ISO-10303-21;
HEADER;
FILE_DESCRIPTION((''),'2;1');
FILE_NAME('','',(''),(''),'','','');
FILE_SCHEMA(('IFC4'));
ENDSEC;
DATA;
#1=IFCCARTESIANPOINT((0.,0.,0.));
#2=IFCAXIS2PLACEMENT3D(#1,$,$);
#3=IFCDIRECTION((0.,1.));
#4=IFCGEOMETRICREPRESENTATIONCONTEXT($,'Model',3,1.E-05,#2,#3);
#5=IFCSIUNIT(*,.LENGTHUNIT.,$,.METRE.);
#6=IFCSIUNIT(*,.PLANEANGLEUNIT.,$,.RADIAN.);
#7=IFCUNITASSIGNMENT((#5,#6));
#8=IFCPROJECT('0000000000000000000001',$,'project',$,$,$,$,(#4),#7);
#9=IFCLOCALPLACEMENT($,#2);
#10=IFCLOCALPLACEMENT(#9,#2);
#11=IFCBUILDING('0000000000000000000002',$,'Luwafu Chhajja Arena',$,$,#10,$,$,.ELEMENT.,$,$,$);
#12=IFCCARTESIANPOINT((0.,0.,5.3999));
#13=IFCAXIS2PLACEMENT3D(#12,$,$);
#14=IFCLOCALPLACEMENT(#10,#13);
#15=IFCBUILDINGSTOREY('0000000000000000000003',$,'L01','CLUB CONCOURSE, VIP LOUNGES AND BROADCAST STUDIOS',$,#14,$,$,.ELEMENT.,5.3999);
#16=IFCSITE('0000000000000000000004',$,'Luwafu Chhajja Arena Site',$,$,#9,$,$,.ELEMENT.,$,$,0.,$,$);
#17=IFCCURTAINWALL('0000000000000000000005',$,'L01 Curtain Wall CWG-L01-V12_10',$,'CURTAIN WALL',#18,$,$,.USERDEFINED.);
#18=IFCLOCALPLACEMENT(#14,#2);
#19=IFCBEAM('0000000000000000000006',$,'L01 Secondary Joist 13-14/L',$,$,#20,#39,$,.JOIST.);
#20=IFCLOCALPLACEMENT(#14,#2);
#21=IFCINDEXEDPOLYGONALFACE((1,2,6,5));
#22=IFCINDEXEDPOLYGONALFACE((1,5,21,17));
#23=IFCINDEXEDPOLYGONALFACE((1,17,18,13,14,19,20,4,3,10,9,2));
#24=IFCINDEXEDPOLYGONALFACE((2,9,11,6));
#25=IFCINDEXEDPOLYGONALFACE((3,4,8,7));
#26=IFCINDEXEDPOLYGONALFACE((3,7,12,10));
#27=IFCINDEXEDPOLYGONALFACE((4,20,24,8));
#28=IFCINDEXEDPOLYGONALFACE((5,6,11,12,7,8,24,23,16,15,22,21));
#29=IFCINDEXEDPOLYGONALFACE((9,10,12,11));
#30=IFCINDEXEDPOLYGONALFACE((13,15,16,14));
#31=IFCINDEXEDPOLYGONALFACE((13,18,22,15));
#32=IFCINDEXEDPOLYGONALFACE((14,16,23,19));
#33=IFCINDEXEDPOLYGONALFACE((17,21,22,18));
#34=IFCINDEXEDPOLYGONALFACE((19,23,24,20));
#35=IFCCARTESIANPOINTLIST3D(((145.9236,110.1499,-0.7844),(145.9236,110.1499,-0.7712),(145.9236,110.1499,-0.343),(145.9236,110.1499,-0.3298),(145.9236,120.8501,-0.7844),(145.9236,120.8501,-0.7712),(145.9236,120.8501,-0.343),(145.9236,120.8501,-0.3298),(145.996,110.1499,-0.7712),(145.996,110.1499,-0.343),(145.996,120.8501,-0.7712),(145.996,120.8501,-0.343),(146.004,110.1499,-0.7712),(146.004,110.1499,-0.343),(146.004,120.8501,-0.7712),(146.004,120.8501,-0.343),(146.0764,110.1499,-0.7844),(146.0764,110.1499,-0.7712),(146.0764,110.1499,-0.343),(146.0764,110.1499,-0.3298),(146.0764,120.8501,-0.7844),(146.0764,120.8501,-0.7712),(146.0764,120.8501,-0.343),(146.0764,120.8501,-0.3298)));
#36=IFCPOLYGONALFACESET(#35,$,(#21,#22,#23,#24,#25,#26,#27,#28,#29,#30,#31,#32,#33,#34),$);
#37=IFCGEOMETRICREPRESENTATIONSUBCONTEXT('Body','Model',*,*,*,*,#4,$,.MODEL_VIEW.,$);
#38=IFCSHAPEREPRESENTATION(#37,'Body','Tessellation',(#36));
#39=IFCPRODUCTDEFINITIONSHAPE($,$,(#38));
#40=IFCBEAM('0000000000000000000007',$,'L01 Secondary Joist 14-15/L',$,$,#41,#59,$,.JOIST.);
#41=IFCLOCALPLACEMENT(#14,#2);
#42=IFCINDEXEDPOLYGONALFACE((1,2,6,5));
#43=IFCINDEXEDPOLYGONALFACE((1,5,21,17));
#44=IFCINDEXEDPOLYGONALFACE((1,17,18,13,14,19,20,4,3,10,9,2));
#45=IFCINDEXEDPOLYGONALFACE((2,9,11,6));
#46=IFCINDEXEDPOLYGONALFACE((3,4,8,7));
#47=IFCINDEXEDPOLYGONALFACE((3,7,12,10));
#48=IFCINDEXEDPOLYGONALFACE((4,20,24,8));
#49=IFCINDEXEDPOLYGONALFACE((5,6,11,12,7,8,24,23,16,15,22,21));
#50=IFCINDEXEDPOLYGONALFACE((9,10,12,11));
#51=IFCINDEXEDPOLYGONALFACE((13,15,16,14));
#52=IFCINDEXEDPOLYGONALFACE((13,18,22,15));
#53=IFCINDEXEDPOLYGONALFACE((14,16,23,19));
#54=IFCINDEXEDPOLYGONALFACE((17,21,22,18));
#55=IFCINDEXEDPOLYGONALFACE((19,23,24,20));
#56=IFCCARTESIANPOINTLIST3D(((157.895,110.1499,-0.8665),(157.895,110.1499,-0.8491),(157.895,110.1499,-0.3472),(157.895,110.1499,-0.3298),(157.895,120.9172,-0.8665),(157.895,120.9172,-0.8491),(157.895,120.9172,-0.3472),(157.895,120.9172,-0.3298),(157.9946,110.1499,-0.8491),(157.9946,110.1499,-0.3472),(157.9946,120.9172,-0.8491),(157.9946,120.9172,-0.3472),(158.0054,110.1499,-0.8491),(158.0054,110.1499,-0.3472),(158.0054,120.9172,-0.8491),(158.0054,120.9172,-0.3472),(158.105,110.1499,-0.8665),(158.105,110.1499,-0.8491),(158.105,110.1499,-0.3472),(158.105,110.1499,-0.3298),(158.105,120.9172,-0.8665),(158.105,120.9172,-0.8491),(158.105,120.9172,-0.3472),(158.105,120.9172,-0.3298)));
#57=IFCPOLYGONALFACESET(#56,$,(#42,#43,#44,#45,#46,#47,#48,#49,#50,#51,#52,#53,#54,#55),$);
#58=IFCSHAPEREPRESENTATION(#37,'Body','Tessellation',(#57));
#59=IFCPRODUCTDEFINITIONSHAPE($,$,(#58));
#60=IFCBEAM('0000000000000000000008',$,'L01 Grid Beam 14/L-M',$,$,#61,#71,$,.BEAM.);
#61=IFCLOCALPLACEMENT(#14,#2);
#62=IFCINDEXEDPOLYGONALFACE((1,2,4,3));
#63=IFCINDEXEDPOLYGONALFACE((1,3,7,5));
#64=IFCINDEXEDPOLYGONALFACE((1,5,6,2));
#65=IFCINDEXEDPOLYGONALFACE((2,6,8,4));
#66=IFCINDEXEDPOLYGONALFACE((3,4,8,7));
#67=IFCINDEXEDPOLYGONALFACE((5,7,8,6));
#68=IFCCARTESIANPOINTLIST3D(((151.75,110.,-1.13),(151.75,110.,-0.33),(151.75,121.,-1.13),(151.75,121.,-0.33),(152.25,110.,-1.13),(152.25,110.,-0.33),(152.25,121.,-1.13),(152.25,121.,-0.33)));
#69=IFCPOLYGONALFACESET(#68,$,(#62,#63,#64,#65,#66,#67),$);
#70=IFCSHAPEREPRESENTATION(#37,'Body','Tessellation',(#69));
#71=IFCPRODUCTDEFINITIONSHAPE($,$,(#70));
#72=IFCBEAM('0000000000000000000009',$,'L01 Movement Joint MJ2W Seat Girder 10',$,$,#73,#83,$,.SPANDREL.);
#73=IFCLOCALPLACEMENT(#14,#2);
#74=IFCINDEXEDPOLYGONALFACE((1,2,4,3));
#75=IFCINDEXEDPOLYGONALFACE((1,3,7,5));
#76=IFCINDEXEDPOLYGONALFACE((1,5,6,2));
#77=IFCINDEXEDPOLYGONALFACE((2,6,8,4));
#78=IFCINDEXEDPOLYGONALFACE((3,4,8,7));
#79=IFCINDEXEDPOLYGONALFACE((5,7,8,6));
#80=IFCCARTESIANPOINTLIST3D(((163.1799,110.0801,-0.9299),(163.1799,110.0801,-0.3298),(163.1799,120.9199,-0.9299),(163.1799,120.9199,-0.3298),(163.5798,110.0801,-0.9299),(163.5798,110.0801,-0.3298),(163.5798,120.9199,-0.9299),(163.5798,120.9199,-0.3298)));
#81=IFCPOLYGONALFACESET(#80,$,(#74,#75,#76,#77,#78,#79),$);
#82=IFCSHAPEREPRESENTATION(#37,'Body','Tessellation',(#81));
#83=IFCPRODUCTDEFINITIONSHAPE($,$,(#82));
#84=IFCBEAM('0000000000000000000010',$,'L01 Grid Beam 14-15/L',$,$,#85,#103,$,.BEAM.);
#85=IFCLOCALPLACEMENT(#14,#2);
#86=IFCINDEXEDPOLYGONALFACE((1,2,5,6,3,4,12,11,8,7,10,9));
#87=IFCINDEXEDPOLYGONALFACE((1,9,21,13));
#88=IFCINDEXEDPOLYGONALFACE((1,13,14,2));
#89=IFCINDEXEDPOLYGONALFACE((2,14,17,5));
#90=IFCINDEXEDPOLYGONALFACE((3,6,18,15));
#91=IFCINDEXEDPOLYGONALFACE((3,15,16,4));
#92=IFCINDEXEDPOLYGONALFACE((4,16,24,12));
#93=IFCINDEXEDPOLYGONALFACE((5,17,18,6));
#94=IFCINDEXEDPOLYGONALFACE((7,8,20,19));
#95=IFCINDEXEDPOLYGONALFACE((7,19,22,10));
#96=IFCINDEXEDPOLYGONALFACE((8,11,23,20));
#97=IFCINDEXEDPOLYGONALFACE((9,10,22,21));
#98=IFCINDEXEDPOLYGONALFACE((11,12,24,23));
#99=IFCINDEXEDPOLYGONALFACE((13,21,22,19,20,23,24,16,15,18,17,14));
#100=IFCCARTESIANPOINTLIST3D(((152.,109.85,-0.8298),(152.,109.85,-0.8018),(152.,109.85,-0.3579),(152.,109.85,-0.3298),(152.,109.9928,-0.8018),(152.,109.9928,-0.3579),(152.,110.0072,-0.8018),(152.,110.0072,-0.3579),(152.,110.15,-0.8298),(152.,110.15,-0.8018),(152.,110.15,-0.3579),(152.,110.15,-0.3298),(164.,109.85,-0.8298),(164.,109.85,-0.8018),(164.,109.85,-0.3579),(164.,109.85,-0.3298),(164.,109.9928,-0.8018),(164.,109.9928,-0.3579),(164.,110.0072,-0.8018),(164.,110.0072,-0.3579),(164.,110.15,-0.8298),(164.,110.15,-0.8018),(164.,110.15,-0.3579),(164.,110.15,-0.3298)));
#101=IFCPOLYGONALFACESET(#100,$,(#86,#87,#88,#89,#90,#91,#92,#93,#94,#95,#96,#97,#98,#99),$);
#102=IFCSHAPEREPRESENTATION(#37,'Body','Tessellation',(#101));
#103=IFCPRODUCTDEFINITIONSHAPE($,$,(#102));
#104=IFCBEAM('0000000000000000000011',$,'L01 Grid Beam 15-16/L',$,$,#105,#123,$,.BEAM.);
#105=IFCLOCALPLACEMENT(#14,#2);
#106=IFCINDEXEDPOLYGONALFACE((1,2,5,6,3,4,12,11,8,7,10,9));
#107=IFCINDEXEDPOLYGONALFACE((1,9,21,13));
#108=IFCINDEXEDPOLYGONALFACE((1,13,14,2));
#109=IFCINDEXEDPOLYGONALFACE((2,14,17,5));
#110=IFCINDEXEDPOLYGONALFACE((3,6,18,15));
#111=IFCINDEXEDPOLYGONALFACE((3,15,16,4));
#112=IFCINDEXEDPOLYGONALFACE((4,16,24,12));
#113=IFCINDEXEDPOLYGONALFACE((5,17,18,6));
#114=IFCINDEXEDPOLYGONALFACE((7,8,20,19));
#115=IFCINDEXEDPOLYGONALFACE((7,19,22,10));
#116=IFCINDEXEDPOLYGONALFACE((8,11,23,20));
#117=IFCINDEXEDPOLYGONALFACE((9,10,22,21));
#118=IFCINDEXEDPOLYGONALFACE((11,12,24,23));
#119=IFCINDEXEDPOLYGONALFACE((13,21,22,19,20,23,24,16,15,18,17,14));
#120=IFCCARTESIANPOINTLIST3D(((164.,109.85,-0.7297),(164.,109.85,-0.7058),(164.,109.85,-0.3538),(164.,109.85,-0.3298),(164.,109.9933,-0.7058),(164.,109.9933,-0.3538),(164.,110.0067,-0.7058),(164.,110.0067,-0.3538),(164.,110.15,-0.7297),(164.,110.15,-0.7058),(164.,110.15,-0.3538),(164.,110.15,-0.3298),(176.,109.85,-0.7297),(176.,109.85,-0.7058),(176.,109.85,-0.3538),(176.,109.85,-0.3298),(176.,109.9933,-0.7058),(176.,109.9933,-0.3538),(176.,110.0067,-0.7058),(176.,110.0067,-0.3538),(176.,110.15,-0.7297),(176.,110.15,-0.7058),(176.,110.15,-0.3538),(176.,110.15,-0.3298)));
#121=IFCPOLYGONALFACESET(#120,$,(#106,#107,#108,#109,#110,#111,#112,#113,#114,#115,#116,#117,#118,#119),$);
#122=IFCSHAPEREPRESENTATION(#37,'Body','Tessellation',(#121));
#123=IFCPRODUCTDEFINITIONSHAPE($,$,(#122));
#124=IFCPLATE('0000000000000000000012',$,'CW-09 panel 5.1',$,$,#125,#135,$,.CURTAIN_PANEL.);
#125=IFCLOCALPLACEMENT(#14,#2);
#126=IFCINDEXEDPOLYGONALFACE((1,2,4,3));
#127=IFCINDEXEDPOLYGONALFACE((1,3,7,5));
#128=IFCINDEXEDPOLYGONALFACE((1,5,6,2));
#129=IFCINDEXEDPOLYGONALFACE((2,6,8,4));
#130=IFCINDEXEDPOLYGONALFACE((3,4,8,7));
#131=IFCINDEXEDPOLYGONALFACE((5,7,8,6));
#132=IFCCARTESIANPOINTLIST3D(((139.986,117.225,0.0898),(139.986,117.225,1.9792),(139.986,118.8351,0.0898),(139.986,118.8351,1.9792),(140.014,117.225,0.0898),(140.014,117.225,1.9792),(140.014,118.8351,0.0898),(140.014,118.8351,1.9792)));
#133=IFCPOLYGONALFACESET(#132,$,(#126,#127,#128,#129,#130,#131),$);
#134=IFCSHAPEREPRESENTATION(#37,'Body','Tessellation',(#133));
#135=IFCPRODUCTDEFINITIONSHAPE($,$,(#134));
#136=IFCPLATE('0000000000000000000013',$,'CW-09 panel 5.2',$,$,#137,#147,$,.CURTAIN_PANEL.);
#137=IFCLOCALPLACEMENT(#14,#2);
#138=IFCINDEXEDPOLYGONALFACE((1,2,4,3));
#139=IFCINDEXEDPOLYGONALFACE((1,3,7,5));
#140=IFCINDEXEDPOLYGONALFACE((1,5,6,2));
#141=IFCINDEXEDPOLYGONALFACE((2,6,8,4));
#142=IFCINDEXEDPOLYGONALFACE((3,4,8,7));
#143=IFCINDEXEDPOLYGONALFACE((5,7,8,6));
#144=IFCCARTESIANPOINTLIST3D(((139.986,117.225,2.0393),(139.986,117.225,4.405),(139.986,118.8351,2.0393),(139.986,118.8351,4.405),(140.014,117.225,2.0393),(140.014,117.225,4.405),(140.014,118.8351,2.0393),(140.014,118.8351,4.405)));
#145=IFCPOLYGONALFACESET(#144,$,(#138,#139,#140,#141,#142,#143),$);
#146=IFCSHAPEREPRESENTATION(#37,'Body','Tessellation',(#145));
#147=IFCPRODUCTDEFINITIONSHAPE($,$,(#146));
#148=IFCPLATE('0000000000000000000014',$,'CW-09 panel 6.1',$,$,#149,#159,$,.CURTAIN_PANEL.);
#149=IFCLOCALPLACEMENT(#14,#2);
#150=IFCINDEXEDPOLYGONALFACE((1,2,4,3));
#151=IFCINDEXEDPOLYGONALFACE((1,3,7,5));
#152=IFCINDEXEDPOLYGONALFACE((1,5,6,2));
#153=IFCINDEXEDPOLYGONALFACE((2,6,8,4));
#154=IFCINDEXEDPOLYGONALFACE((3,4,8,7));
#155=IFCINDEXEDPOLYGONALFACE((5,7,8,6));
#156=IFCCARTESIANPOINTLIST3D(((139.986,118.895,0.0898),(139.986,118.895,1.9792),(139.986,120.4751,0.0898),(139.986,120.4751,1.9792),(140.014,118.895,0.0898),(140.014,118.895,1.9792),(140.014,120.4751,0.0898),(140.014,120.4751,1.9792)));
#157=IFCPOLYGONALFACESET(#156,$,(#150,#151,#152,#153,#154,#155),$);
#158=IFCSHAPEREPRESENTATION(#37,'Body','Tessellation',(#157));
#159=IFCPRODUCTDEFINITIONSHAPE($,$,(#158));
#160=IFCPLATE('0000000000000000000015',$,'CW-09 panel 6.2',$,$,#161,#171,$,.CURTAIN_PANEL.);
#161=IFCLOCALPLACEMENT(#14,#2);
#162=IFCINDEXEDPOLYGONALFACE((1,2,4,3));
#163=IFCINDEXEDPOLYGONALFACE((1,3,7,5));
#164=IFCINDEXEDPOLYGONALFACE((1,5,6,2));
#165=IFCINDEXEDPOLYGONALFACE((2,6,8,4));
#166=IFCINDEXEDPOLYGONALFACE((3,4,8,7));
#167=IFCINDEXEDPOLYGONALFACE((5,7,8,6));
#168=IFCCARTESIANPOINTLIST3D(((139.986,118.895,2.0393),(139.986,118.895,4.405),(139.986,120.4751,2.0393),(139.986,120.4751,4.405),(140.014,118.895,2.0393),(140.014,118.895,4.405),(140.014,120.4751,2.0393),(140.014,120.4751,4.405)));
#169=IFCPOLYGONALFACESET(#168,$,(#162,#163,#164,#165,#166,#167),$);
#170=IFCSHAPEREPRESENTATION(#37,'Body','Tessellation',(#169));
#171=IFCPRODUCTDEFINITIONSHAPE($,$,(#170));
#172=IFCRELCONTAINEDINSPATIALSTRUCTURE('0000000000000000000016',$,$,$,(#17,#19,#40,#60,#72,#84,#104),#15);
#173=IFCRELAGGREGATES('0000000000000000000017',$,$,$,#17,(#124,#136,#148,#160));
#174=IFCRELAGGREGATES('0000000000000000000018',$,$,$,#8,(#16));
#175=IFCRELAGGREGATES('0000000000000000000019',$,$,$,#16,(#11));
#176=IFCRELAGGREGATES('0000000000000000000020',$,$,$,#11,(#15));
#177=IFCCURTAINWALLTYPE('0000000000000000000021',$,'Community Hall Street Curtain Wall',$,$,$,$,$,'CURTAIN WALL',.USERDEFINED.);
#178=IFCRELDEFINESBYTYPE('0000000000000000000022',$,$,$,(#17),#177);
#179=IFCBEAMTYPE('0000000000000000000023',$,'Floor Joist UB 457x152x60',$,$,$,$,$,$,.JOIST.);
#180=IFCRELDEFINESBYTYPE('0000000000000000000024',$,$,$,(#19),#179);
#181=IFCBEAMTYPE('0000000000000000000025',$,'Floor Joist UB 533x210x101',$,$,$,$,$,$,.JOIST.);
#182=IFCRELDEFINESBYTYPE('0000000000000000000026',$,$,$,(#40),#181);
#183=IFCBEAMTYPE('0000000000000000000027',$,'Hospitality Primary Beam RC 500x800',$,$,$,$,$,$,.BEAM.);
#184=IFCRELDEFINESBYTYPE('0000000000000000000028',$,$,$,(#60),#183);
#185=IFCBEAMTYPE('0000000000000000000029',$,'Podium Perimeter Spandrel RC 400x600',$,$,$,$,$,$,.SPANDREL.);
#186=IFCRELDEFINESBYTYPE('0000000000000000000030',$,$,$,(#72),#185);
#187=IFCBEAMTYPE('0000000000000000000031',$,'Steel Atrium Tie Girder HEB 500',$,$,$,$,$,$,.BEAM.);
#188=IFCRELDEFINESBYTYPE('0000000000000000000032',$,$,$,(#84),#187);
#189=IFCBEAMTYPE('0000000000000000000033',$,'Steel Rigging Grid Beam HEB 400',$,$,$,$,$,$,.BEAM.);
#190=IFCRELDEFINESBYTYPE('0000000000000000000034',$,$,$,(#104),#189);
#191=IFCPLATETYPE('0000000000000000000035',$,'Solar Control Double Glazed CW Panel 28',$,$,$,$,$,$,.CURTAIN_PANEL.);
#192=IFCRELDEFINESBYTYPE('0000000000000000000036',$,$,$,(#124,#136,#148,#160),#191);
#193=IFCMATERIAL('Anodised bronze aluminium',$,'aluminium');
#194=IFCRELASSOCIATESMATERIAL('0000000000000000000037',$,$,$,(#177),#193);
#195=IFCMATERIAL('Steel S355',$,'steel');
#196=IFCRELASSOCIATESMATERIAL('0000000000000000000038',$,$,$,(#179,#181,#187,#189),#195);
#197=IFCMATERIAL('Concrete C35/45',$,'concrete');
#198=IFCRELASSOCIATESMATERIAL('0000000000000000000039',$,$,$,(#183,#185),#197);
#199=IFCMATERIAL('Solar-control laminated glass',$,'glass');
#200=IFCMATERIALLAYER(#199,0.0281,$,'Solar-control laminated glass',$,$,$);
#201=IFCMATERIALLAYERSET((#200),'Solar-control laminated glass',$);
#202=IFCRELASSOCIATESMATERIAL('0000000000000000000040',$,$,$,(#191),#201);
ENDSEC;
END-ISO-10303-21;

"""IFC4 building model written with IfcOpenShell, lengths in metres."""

from ifc_helpers import new_model, si_unit, direction, frame, origin, origin_2d, place, context, subcontext, project, spatial, rectangle, i_section, extrude, material, layer, layer_set, material_profile, profile_set, type_object, element, aggregate, save


model = new_model("IFC4")

# Units and contexts
model_context = context("Model", 3, precision=1e-05, world=origin(), true_north=direction((0.0, 1.0)))
body_context = subcontext(model_context, "Body", "Model", "MODEL_VIEW")
ifc_project = project(units=[si_unit("LENGTHUNIT", "METRE"), si_unit("PLANEANGLEUNIT", "RADIAN")], contexts=[model_context])

# Site, building, storey
site_placement = place(None, origin())
site = spatial("IfcSite", under=ifc_project, at=site_placement, Name="Luwafu Chhajja Arena Site", CompositionType="ELEMENT", RefElevation=0.0)
building_placement = place(site_placement, origin())
building = spatial("IfcBuilding", under=site, at=building_placement, Name="Luwafu Chhajja Arena", CompositionType="ELEMENT")
storey_placement = place(building_placement, frame((0.0, 0.0, 5.3999)))
storey = spatial("IfcBuildingStorey", under=building, at=storey_placement, Name="L01", Description="CLUB CONCOURSE, VIP LOUNGES AND BROADCAST STUDIOS", CompositionType="ELEMENT", Elevation=5.3999)

# Shared definitions
ifc_material_1 = material(Name="Concrete C35/45", Category="concrete")

# Curtain wall
ifc_material_2 = material(Name="Anodised bronze aluminium", Category="aluminium")
curtain_wall_type = type_object("IfcCurtainWallType", Name="Community Hall Street Curtain Wall", ElementType="CURTAIN WALL", PredefinedType="USERDEFINED", material=ifc_material_2)
curtain_wall_placement = place(storey_placement, origin())
curtain_wall = element("IfcCurtainWall", 1, at=curtain_wall_placement, inside=storey, type_object=curtain_wall_type, Name="L01 Curtain Wall CWG-L01-V12_10", ObjectType="CURTAIN WALL", PredefinedType="USERDEFINED")

# Beams
ifc_material_3 = material(Name="Steel S355", Category="steel")
ifc_material_profile_1 = material_profile(ifc_material_3, i_section(OverallWidth=0.1528, OverallDepth=0.4546, WebThickness=0.0081, FlangeThickness=0.0132, at=origin_2d()), Name="UB 457x152x60")
ifc_profile_set_1 = profile_set([ifc_material_profile_1], Name="Steel S355")
beam_type_1 = type_object("IfcBeamType", Name="Floor Joist UB 457x152x60", PredefinedType="JOIST", material=ifc_profile_set_1)
beam_1_placement = place(storey_placement, frame((146.0, 110.1499, -0.5571), z_axis=(0.0, 1.0, 0.0), x_axis=(-1.0, 0.0, 0.0)))
element("IfcBeam", 2, at=beam_1_placement, inside=storey, type_object=beam_type_1, Name="L01 Secondary Joist 13-14/L", PredefinedType="JOIST", context=body_context, shape_type="SweptSolid", body=[
    extrude(i_section(OverallWidth=0.1528, OverallDepth=0.4546, WebThickness=0.0081, FlangeThickness=0.0132, at=origin_2d()), origin(), (0.0, 0.0, 1.0), 10.7002),
])
ifc_material_profile_2 = material_profile(ifc_material_3, i_section(OverallWidth=0.21, OverallDepth=0.5366, WebThickness=0.0107, FlangeThickness=0.0173, at=origin_2d()), Name="UB 533x210x101")
ifc_profile_set_2 = profile_set([ifc_material_profile_2], Name="Steel S355")
beam_type_2 = type_object("IfcBeamType", Name="Floor Joist UB 533x210x101", PredefinedType="JOIST", material=ifc_profile_set_2)
beam_2_placement = place(storey_placement, frame((158.0, 110.1499, -0.5981), z_axis=(0.0, 1.0, 0.0), x_axis=(-1.0, 0.0, 0.0)))
element("IfcBeam", 3, at=beam_2_placement, inside=storey, type_object=beam_type_2, Name="L01 Secondary Joist 14-15/L", PredefinedType="JOIST", context=body_context, shape_type="SweptSolid", body=[
    extrude(i_section(OverallWidth=0.21, OverallDepth=0.5366, WebThickness=0.0107, FlangeThickness=0.0173, at=origin_2d()), origin(), (0.0, 0.0, 1.0), 10.7673),
])
ifc_material_profile_3 = material_profile(ifc_material_1, rectangle(XDim=0.5, YDim=0.8, at=origin_2d()), Name="RC 500x800")
ifc_profile_set_3 = profile_set([ifc_material_profile_3], Name="Concrete C35/45")
beam_type_3 = type_object("IfcBeamType", Name="Hospitality Primary Beam RC 500x800", PredefinedType="BEAM", material=ifc_profile_set_3)
beam_3_placement = place(storey_placement, frame((152.0, 110.0, -0.73), z_axis=(0.0, 1.0, 0.0), x_axis=(-1.0, 0.0, 0.0)))
element("IfcBeam", 4, at=beam_3_placement, inside=storey, type_object=beam_type_3, Name="L01 Grid Beam 14/L-M", PredefinedType="BEAM", context=body_context, shape_type="SweptSolid", body=[
    extrude(rectangle(XDim=0.5, YDim=0.8, at=origin_2d()), origin(), (0.0, 0.0, 1.0), 11.0),
])
ifc_material_profile_4 = material_profile(ifc_material_1, rectangle(XDim=0.3999, YDim=0.6001, at=origin_2d()), Name="RC 400x600")
ifc_profile_set_4 = profile_set([ifc_material_profile_4], Name="Concrete C35/45")
beam_type_4 = type_object("IfcBeamType", Name="Podium Perimeter Spandrel RC 400x600", PredefinedType="SPANDREL", material=ifc_profile_set_4)
beam_4_placement = place(storey_placement, frame((163.3799, 110.0801, -0.6299), z_axis=(0.0, 1.0, 0.0), x_axis=(-1.0, 0.0, 0.0)))
element("IfcBeam", 5, at=beam_4_placement, inside=storey, type_object=beam_type_4, Name="L01 Movement Joint MJ2W Seat Girder 10", PredefinedType="SPANDREL", context=body_context, shape_type="SweptSolid", body=[
    extrude(rectangle(XDim=0.3999, YDim=0.6001, at=origin_2d()), origin(), (0.0, 0.0, 1.0), 10.8398),
])
ifc_material_profile_5 = material_profile(ifc_material_3, i_section(OverallWidth=0.3, OverallDepth=0.5, WebThickness=0.0144, FlangeThickness=0.0281, at=origin_2d()), Name="HEB 500")
ifc_profile_set_5 = profile_set([ifc_material_profile_5], Name="Steel S355")
beam_type_5 = type_object("IfcBeamType", Name="Steel Atrium Tie Girder HEB 500", PredefinedType="BEAM", material=ifc_profile_set_5)
beam_5_placement = place(storey_placement, frame((152.0, 110.0, -0.5798), z_axis=(1.0, 0.0, 0.0), x_axis=(0.0, 1.0, 0.0)))
element("IfcBeam", 6, at=beam_5_placement, inside=storey, type_object=beam_type_5, Name="L01 Grid Beam 14-15/L", PredefinedType="BEAM", context=body_context, shape_type="SweptSolid", body=[
    extrude(i_section(OverallWidth=0.3, OverallDepth=0.5, WebThickness=0.0144, FlangeThickness=0.0281, at=origin_2d()), origin(), (0.0, 0.0, 1.0), 12.0),
])
ifc_material_profile_6 = material_profile(ifc_material_3, i_section(OverallWidth=0.3, OverallDepth=0.3999, WebThickness=0.0134, FlangeThickness=0.0239, at=origin_2d()), Name="HEB 400")
ifc_profile_set_6 = profile_set([ifc_material_profile_6], Name="Steel S355")
beam_type_6 = type_object("IfcBeamType", Name="Steel Rigging Grid Beam HEB 400", PredefinedType="BEAM", material=ifc_profile_set_6)
beam_6_placement = place(storey_placement, frame((164.0, 110.0, -0.5298), z_axis=(1.0, 0.0, 0.0), x_axis=(0.0, 1.0, 0.0)))
element("IfcBeam", 7, at=beam_6_placement, inside=storey, type_object=beam_type_6, Name="L01 Grid Beam 15-16/L", PredefinedType="BEAM", context=body_context, shape_type="SweptSolid", body=[
    extrude(i_section(OverallWidth=0.3, OverallDepth=0.3999, WebThickness=0.0134, FlangeThickness=0.0239, at=origin_2d()), origin(), (0.0, 0.0, 1.0), 12.0),
])

# Plates
ifc_material_4 = material(Name="Solar-control laminated glass", Category="glass")
ifc_layer_1 = layer(ifc_material_4, 0.0281, Name="Solar-control laminated glass")
ifc_layer_set_1 = layer_set([ifc_layer_1], Name="Solar-control laminated glass")
plate_type = type_object("IfcPlateType", Name="Solar Control Double Glazed CW Panel 28", PredefinedType="CURTAIN_PANEL", material=ifc_layer_set_1)
plate_1_placement = place(storey_placement, frame((140.0, 118.03, 0.0898), z_axis=(0.0, 0.0, 1.0), x_axis=(0.0, 1.0, 0.0)))
plate_1 = element("IfcPlate", 8, at=plate_1_placement, type_object=plate_type, Name="CW-09 panel 5.1", PredefinedType="CURTAIN_PANEL", context=body_context, shape_type="SweptSolid", body=[
    extrude(rectangle(XDim=1.6101, YDim=0.0281, at=origin_2d()), origin(), (0.0, 0.0, 1.0), 1.8894),
])
plate_2_placement = place(storey_placement, frame((140.0, 118.03, 2.0393), z_axis=(0.0, 0.0, 1.0), x_axis=(0.0, 1.0, 0.0)))
plate_2 = element("IfcPlate", 9, at=plate_2_placement, type_object=plate_type, Name="CW-09 panel 5.2", PredefinedType="CURTAIN_PANEL", context=body_context, shape_type="SweptSolid", body=[
    extrude(rectangle(XDim=1.6101, YDim=0.0281, at=origin_2d()), origin(), (0.0, 0.0, 1.0), 2.3657),
])
plate_3_placement = place(storey_placement, frame((140.0, 119.6851, 0.0898), z_axis=(0.0, 0.0, 1.0), x_axis=(0.0, 1.0, 0.0)))
plate_3 = element("IfcPlate", 10, at=plate_3_placement, type_object=plate_type, Name="CW-09 panel 6.1", PredefinedType="CURTAIN_PANEL", context=body_context, shape_type="SweptSolid", body=[
    extrude(rectangle(XDim=1.5801, YDim=0.0281, at=origin_2d()), origin(), (0.0, 0.0, 1.0), 1.8894),
])
plate_4_placement = place(storey_placement, frame((140.0, 119.6851, 2.0393), z_axis=(0.0, 0.0, 1.0), x_axis=(0.0, 1.0, 0.0)))
plate_4 = element("IfcPlate", 11, at=plate_4_placement, type_object=plate_type, Name="CW-09 panel 6.2", PredefinedType="CURTAIN_PANEL", context=body_context, shape_type="SweptSolid", body=[
    extrude(rectangle(XDim=1.5801, YDim=0.0281, at=origin_2d()), origin(), (0.0, 0.0, 1.0), 2.3657),
])
aggregate(curtain_wall, [plate_1, plate_2, plate_3, plate_4])

save(model, "model.ifc")
